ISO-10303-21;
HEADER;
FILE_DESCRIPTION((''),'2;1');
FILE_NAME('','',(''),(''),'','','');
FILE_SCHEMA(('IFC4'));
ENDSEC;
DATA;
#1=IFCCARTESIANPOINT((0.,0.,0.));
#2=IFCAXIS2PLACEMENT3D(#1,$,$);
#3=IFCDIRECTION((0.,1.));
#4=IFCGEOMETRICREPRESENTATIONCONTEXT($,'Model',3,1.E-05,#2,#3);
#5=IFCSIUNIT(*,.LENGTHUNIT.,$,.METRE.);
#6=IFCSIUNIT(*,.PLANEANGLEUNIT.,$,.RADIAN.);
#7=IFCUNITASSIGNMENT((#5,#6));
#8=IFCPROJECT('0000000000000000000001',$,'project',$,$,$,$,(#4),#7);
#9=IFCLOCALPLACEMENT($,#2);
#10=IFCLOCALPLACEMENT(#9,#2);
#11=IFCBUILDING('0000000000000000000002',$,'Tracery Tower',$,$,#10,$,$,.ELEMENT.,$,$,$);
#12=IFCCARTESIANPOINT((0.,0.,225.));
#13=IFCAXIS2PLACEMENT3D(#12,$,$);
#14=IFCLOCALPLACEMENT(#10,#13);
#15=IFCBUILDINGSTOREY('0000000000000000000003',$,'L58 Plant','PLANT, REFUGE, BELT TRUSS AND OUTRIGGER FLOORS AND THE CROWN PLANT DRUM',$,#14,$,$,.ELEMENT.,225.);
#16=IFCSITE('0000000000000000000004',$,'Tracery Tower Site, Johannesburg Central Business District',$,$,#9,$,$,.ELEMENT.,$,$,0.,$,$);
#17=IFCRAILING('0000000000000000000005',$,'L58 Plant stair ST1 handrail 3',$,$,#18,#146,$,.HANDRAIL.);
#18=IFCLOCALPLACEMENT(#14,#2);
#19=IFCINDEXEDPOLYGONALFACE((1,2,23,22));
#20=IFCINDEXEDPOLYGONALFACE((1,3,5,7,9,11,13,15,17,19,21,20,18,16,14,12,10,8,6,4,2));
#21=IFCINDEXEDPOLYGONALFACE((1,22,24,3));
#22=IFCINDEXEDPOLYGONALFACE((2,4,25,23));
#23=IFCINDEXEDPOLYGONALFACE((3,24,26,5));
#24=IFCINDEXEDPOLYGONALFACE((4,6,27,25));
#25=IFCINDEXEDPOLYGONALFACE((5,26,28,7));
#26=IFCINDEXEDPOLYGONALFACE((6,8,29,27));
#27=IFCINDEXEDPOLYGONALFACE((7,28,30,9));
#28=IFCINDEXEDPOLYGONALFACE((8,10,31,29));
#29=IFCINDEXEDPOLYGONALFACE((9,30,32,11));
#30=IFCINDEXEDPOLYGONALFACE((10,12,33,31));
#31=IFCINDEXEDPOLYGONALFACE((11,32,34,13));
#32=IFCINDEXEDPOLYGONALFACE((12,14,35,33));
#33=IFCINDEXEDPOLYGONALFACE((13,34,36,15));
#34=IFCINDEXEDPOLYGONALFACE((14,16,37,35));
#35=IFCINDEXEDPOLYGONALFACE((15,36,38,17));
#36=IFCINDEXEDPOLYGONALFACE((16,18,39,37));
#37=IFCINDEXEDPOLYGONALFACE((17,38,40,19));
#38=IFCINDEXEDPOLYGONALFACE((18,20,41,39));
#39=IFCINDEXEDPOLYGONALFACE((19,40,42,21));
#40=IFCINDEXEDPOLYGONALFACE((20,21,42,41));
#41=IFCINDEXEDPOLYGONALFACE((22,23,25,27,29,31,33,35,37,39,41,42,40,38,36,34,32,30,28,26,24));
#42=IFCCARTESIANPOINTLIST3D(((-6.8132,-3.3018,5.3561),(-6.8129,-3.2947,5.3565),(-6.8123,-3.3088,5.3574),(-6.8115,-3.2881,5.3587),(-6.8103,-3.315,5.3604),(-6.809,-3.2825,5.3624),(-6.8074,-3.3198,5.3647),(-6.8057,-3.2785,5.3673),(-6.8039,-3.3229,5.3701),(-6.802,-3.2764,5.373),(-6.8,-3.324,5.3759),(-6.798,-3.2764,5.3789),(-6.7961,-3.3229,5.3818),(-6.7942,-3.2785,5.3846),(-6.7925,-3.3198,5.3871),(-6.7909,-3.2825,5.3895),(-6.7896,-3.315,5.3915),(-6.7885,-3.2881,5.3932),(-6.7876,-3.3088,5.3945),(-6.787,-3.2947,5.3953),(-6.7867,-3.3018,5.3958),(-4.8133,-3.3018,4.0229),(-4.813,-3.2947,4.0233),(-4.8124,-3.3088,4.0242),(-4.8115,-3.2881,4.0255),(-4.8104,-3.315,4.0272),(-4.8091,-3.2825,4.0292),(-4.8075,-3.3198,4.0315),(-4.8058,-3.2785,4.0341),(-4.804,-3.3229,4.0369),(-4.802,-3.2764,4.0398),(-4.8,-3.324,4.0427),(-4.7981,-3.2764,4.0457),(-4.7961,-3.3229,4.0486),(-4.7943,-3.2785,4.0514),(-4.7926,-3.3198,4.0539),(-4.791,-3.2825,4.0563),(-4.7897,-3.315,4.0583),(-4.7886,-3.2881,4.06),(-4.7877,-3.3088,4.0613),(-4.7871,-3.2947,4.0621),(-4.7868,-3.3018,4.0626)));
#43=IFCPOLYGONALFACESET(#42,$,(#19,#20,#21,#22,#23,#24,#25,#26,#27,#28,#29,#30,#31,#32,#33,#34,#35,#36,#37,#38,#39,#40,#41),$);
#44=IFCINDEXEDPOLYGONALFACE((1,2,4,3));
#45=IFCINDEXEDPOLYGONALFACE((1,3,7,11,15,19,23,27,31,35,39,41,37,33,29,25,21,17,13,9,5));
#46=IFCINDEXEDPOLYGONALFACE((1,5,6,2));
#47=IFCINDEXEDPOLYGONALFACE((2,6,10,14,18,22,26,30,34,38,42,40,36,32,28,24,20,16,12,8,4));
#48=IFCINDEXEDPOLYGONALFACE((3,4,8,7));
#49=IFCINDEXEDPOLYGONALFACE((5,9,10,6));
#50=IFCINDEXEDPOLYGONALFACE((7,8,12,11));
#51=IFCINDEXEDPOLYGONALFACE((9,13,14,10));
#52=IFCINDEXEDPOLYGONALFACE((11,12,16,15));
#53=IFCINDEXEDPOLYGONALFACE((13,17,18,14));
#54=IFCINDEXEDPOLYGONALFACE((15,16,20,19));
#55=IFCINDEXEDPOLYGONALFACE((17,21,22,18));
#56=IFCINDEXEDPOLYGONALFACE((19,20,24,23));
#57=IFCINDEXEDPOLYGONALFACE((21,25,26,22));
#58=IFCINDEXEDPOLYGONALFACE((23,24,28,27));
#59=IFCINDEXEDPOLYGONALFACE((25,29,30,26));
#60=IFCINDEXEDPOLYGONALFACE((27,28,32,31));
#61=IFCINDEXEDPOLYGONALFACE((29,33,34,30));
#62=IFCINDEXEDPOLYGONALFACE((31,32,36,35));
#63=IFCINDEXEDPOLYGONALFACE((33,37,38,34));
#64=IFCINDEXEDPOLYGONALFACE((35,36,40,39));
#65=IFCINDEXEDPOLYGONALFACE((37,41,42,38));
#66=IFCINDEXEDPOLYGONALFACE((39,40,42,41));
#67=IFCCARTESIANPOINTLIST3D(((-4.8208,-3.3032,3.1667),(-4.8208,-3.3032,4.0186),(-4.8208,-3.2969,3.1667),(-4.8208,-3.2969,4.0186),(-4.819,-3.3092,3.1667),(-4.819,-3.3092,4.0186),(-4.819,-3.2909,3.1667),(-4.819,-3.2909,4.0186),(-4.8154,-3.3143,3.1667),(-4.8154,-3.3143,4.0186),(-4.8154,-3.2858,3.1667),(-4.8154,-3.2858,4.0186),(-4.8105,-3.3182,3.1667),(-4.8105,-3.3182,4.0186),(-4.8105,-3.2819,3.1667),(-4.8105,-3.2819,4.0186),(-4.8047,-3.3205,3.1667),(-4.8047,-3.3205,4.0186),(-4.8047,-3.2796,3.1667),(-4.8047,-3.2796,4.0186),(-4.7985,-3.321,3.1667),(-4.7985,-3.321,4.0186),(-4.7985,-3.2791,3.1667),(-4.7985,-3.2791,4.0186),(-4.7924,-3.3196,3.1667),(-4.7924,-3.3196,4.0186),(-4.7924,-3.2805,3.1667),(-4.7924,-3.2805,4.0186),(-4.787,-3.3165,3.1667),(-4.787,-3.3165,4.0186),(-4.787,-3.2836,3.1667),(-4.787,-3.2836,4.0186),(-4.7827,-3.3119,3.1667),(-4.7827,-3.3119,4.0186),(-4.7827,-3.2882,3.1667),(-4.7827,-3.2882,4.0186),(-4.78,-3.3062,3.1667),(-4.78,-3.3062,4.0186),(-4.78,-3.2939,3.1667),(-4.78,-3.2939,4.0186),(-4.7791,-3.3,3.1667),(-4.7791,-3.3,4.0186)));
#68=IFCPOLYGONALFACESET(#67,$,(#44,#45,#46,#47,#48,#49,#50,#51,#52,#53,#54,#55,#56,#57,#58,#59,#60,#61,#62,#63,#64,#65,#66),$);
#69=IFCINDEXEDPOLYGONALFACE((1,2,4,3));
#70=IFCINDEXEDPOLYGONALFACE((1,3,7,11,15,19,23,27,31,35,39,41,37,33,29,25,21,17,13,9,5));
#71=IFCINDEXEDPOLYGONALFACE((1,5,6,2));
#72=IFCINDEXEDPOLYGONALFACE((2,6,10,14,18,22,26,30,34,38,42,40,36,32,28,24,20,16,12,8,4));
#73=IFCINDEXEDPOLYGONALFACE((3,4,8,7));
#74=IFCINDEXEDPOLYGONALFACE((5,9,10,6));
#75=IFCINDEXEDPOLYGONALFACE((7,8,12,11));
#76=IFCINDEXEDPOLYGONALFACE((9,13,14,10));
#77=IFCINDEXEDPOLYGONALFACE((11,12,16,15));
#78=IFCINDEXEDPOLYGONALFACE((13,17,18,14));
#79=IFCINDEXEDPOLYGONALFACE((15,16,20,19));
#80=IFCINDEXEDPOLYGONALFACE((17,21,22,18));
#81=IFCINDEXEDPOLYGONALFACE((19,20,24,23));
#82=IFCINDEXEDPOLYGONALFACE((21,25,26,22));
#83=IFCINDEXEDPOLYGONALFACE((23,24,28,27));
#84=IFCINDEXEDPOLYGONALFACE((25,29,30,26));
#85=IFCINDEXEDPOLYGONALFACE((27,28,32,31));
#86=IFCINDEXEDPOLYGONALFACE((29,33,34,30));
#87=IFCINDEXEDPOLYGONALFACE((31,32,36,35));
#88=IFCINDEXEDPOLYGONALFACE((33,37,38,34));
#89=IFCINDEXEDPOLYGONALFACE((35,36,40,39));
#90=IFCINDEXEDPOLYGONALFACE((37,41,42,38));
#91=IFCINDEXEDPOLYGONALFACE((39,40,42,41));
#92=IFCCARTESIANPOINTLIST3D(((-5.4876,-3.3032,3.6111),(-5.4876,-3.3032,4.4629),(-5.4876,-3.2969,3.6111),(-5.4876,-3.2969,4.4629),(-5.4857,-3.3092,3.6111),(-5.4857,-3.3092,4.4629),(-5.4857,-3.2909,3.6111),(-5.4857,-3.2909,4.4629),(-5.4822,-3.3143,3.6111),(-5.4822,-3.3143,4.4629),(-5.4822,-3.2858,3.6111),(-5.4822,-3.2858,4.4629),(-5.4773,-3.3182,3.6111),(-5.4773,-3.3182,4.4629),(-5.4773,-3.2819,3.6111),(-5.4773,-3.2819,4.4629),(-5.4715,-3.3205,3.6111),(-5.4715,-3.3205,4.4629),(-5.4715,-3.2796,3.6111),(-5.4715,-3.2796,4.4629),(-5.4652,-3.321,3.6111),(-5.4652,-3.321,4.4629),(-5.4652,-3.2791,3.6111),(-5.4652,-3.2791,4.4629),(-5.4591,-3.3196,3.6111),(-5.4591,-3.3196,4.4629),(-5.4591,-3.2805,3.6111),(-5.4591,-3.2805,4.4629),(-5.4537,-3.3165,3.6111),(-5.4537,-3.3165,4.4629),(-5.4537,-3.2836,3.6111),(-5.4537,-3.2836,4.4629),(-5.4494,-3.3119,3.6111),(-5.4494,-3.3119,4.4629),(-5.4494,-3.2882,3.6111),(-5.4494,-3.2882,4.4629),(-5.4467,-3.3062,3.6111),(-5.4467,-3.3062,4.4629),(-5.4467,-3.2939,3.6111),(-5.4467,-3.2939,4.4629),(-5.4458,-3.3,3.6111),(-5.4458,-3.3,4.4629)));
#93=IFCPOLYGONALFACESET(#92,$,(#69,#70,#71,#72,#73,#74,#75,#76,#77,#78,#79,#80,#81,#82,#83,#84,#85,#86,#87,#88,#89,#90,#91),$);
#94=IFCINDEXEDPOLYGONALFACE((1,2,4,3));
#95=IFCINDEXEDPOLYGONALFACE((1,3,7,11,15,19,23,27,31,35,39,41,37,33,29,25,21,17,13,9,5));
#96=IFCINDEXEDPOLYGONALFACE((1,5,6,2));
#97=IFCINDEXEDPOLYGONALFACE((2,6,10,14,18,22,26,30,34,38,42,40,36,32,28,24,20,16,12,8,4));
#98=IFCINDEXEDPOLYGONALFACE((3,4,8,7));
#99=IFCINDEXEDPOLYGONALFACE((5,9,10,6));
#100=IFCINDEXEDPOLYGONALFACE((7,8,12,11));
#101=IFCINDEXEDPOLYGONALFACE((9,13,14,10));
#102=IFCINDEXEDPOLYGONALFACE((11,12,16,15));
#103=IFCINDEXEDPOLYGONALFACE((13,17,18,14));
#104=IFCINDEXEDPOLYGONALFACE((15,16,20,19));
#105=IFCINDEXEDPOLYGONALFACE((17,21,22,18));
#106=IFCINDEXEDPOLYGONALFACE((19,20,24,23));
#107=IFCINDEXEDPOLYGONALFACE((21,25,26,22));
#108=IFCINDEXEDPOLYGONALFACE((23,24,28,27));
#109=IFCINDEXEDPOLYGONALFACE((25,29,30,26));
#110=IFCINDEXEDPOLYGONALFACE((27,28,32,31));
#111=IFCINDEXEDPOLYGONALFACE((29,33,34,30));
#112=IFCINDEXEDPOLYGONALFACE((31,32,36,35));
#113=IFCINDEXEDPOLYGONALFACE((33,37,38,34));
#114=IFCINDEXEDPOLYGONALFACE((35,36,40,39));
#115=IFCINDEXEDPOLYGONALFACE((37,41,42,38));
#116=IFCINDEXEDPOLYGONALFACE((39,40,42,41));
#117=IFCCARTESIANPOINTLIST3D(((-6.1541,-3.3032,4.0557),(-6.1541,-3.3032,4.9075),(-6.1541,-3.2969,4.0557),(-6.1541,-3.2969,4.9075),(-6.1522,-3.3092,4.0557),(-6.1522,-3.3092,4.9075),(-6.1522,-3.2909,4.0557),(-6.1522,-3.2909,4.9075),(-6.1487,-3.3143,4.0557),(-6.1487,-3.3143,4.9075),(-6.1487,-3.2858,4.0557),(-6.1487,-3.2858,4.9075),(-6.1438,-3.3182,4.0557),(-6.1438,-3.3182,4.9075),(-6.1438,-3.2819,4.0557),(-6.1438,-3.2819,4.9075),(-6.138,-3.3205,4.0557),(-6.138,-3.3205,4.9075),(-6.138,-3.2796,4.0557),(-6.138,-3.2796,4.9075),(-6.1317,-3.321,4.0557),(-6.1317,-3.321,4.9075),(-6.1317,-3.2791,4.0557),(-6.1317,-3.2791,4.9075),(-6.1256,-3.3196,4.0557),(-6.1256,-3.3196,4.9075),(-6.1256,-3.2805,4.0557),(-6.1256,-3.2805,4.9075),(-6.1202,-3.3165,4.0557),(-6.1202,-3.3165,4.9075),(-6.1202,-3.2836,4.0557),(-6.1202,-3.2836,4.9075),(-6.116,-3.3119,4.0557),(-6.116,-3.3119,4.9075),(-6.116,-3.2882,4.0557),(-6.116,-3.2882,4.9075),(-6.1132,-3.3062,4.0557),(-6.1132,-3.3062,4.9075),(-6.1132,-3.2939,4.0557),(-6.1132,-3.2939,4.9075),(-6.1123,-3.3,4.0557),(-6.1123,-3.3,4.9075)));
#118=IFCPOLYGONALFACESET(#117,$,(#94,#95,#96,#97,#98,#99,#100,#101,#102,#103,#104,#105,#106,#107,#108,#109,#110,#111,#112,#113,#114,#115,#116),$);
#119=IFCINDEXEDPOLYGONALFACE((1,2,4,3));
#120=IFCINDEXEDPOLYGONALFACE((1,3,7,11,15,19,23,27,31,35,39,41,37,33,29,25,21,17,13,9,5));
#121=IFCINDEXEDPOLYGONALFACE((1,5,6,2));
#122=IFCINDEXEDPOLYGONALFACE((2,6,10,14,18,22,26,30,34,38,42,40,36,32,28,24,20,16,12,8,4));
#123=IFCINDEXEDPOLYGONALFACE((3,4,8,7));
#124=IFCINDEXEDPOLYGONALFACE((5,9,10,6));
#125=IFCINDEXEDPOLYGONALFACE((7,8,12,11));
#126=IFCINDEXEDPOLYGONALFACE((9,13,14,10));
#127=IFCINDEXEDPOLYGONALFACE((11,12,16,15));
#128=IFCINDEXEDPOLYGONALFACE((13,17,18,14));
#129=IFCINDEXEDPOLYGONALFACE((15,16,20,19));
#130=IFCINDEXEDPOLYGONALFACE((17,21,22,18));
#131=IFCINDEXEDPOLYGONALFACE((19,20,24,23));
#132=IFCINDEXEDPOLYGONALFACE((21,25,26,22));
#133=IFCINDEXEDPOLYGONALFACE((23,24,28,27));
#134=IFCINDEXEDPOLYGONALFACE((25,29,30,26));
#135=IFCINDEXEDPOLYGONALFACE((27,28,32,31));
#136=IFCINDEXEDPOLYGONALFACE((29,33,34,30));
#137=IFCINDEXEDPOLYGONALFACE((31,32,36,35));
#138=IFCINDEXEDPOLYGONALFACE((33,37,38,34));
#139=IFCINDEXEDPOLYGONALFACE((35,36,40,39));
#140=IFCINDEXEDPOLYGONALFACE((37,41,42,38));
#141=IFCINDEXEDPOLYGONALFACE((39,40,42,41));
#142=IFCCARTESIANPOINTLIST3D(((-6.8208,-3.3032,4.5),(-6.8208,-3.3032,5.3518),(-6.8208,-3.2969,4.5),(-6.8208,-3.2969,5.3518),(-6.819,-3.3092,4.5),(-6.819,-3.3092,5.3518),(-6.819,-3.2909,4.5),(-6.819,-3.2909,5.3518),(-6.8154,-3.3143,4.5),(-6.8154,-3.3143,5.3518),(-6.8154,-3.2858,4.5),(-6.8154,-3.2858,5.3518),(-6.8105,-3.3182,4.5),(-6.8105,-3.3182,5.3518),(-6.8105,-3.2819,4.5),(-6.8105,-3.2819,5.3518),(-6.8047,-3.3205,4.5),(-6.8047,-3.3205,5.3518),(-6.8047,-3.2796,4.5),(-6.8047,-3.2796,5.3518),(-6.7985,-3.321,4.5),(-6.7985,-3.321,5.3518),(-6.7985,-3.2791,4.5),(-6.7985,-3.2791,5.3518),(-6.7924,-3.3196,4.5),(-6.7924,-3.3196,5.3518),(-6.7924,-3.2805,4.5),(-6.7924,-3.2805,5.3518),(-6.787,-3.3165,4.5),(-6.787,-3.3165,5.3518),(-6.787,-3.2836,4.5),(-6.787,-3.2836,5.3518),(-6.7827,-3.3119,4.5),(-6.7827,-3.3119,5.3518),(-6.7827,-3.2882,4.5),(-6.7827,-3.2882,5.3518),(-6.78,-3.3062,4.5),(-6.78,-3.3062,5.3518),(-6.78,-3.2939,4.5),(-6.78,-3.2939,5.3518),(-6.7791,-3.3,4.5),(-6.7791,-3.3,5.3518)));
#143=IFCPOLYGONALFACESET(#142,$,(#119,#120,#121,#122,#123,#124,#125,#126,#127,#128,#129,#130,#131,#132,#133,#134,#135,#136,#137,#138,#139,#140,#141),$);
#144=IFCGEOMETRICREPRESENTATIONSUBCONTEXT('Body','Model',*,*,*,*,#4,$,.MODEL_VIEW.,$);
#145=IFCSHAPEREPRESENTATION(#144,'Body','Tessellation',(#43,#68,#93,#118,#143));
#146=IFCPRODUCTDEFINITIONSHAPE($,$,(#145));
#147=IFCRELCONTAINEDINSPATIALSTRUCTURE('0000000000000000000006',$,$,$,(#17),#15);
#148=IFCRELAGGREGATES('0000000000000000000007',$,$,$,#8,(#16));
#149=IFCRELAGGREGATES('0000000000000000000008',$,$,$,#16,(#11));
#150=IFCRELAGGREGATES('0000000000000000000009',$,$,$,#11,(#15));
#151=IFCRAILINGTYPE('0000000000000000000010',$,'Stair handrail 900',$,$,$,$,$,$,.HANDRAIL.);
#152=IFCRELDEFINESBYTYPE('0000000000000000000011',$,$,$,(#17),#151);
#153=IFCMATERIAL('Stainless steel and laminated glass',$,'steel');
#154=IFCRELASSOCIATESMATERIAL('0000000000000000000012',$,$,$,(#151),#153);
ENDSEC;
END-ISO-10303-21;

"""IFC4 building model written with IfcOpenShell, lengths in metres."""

from ifc_helpers import new_model, si_unit, direction, frame, origin, origin_2d, place, context, subcontext, project, spatial, circle, extrude, material, type_object, element, save


model = new_model("IFC4")

# Units and contexts
model_context = context("Model", 3, precision=1e-05, world=origin(), true_north=direction((0.0, 1.0)))
body_context = subcontext(model_context, "Body", "Model", "MODEL_VIEW")
ifc_project = project(units=[si_unit("LENGTHUNIT", "METRE"), si_unit("PLANEANGLEUNIT", "RADIAN")], contexts=[model_context])

# Site, building, storey
site_placement = place(None, origin())
site = spatial("IfcSite", under=ifc_project, at=site_placement, Name="Tracery Tower Site, Johannesburg Central Business District", CompositionType="ELEMENT", RefElevation=0.0)
building_placement = place(site_placement, origin())
building = spatial("IfcBuilding", under=site, at=building_placement, Name="Tracery Tower", CompositionType="ELEMENT")
storey_placement = place(building_placement, frame((0.0, 0.0, 225.0)))
storey = spatial("IfcBuildingStorey", under=building, at=storey_placement, Name="L58 Plant", Description="PLANT, REFUGE, BELT TRUSS AND OUTRIGGER FLOORS AND THE CROWN PLANT DRUM", CompositionType="ELEMENT", Elevation=225.0)

# Railing
ifc_material_1 = material(Name="Stainless steel and laminated glass", Category="steel")
railing_type_1 = type_object("IfcRailingType", Name="Stair handrail 900", PredefinedType="HANDRAIL", material=ifc_material_1)
for number, where, name in (
    (1, (-4.8, -3.3, 3.1667), "L58 Plant stair ST1 handrail 3"),
):
    element("IfcRailing", number, at=place(storey_placement, frame(where)), inside=storey, type_object=railing_type_1, Name=name, PredefinedType="HANDRAIL", context=body_context, shape_type="SweptSolid", body=[
        extrude(circle(Radius=0.0239, at=origin_2d()), frame((0.0, 0.0, 0.876), z_axis=(-0.832066, 0.0, 0.554677), x_axis=(0.0, -1.0, 0.0)), (0.0, 0.0, 1.0), 2.4036),
        extrude(circle(Radius=0.021, at=origin_2d()), origin(), (0.0, 0.0, 1.0), 0.8518),
        extrude(circle(Radius=0.021, at=origin_2d()), frame((-0.6667, 0.0, 0.4443)), (0.0, 0.0, 1.0), 0.8518),
        extrude(circle(Radius=0.021, at=origin_2d()), frame((-1.3333, 0.0, 0.8889)), (0.0, 0.0, 1.0), 0.8518),
        extrude(circle(Radius=0.021, at=origin_2d()), frame((-2.0, 0.0, 1.3333)), (0.0, 0.0, 1.0), 0.8518),
    ])

save(model, "model.ifc")
